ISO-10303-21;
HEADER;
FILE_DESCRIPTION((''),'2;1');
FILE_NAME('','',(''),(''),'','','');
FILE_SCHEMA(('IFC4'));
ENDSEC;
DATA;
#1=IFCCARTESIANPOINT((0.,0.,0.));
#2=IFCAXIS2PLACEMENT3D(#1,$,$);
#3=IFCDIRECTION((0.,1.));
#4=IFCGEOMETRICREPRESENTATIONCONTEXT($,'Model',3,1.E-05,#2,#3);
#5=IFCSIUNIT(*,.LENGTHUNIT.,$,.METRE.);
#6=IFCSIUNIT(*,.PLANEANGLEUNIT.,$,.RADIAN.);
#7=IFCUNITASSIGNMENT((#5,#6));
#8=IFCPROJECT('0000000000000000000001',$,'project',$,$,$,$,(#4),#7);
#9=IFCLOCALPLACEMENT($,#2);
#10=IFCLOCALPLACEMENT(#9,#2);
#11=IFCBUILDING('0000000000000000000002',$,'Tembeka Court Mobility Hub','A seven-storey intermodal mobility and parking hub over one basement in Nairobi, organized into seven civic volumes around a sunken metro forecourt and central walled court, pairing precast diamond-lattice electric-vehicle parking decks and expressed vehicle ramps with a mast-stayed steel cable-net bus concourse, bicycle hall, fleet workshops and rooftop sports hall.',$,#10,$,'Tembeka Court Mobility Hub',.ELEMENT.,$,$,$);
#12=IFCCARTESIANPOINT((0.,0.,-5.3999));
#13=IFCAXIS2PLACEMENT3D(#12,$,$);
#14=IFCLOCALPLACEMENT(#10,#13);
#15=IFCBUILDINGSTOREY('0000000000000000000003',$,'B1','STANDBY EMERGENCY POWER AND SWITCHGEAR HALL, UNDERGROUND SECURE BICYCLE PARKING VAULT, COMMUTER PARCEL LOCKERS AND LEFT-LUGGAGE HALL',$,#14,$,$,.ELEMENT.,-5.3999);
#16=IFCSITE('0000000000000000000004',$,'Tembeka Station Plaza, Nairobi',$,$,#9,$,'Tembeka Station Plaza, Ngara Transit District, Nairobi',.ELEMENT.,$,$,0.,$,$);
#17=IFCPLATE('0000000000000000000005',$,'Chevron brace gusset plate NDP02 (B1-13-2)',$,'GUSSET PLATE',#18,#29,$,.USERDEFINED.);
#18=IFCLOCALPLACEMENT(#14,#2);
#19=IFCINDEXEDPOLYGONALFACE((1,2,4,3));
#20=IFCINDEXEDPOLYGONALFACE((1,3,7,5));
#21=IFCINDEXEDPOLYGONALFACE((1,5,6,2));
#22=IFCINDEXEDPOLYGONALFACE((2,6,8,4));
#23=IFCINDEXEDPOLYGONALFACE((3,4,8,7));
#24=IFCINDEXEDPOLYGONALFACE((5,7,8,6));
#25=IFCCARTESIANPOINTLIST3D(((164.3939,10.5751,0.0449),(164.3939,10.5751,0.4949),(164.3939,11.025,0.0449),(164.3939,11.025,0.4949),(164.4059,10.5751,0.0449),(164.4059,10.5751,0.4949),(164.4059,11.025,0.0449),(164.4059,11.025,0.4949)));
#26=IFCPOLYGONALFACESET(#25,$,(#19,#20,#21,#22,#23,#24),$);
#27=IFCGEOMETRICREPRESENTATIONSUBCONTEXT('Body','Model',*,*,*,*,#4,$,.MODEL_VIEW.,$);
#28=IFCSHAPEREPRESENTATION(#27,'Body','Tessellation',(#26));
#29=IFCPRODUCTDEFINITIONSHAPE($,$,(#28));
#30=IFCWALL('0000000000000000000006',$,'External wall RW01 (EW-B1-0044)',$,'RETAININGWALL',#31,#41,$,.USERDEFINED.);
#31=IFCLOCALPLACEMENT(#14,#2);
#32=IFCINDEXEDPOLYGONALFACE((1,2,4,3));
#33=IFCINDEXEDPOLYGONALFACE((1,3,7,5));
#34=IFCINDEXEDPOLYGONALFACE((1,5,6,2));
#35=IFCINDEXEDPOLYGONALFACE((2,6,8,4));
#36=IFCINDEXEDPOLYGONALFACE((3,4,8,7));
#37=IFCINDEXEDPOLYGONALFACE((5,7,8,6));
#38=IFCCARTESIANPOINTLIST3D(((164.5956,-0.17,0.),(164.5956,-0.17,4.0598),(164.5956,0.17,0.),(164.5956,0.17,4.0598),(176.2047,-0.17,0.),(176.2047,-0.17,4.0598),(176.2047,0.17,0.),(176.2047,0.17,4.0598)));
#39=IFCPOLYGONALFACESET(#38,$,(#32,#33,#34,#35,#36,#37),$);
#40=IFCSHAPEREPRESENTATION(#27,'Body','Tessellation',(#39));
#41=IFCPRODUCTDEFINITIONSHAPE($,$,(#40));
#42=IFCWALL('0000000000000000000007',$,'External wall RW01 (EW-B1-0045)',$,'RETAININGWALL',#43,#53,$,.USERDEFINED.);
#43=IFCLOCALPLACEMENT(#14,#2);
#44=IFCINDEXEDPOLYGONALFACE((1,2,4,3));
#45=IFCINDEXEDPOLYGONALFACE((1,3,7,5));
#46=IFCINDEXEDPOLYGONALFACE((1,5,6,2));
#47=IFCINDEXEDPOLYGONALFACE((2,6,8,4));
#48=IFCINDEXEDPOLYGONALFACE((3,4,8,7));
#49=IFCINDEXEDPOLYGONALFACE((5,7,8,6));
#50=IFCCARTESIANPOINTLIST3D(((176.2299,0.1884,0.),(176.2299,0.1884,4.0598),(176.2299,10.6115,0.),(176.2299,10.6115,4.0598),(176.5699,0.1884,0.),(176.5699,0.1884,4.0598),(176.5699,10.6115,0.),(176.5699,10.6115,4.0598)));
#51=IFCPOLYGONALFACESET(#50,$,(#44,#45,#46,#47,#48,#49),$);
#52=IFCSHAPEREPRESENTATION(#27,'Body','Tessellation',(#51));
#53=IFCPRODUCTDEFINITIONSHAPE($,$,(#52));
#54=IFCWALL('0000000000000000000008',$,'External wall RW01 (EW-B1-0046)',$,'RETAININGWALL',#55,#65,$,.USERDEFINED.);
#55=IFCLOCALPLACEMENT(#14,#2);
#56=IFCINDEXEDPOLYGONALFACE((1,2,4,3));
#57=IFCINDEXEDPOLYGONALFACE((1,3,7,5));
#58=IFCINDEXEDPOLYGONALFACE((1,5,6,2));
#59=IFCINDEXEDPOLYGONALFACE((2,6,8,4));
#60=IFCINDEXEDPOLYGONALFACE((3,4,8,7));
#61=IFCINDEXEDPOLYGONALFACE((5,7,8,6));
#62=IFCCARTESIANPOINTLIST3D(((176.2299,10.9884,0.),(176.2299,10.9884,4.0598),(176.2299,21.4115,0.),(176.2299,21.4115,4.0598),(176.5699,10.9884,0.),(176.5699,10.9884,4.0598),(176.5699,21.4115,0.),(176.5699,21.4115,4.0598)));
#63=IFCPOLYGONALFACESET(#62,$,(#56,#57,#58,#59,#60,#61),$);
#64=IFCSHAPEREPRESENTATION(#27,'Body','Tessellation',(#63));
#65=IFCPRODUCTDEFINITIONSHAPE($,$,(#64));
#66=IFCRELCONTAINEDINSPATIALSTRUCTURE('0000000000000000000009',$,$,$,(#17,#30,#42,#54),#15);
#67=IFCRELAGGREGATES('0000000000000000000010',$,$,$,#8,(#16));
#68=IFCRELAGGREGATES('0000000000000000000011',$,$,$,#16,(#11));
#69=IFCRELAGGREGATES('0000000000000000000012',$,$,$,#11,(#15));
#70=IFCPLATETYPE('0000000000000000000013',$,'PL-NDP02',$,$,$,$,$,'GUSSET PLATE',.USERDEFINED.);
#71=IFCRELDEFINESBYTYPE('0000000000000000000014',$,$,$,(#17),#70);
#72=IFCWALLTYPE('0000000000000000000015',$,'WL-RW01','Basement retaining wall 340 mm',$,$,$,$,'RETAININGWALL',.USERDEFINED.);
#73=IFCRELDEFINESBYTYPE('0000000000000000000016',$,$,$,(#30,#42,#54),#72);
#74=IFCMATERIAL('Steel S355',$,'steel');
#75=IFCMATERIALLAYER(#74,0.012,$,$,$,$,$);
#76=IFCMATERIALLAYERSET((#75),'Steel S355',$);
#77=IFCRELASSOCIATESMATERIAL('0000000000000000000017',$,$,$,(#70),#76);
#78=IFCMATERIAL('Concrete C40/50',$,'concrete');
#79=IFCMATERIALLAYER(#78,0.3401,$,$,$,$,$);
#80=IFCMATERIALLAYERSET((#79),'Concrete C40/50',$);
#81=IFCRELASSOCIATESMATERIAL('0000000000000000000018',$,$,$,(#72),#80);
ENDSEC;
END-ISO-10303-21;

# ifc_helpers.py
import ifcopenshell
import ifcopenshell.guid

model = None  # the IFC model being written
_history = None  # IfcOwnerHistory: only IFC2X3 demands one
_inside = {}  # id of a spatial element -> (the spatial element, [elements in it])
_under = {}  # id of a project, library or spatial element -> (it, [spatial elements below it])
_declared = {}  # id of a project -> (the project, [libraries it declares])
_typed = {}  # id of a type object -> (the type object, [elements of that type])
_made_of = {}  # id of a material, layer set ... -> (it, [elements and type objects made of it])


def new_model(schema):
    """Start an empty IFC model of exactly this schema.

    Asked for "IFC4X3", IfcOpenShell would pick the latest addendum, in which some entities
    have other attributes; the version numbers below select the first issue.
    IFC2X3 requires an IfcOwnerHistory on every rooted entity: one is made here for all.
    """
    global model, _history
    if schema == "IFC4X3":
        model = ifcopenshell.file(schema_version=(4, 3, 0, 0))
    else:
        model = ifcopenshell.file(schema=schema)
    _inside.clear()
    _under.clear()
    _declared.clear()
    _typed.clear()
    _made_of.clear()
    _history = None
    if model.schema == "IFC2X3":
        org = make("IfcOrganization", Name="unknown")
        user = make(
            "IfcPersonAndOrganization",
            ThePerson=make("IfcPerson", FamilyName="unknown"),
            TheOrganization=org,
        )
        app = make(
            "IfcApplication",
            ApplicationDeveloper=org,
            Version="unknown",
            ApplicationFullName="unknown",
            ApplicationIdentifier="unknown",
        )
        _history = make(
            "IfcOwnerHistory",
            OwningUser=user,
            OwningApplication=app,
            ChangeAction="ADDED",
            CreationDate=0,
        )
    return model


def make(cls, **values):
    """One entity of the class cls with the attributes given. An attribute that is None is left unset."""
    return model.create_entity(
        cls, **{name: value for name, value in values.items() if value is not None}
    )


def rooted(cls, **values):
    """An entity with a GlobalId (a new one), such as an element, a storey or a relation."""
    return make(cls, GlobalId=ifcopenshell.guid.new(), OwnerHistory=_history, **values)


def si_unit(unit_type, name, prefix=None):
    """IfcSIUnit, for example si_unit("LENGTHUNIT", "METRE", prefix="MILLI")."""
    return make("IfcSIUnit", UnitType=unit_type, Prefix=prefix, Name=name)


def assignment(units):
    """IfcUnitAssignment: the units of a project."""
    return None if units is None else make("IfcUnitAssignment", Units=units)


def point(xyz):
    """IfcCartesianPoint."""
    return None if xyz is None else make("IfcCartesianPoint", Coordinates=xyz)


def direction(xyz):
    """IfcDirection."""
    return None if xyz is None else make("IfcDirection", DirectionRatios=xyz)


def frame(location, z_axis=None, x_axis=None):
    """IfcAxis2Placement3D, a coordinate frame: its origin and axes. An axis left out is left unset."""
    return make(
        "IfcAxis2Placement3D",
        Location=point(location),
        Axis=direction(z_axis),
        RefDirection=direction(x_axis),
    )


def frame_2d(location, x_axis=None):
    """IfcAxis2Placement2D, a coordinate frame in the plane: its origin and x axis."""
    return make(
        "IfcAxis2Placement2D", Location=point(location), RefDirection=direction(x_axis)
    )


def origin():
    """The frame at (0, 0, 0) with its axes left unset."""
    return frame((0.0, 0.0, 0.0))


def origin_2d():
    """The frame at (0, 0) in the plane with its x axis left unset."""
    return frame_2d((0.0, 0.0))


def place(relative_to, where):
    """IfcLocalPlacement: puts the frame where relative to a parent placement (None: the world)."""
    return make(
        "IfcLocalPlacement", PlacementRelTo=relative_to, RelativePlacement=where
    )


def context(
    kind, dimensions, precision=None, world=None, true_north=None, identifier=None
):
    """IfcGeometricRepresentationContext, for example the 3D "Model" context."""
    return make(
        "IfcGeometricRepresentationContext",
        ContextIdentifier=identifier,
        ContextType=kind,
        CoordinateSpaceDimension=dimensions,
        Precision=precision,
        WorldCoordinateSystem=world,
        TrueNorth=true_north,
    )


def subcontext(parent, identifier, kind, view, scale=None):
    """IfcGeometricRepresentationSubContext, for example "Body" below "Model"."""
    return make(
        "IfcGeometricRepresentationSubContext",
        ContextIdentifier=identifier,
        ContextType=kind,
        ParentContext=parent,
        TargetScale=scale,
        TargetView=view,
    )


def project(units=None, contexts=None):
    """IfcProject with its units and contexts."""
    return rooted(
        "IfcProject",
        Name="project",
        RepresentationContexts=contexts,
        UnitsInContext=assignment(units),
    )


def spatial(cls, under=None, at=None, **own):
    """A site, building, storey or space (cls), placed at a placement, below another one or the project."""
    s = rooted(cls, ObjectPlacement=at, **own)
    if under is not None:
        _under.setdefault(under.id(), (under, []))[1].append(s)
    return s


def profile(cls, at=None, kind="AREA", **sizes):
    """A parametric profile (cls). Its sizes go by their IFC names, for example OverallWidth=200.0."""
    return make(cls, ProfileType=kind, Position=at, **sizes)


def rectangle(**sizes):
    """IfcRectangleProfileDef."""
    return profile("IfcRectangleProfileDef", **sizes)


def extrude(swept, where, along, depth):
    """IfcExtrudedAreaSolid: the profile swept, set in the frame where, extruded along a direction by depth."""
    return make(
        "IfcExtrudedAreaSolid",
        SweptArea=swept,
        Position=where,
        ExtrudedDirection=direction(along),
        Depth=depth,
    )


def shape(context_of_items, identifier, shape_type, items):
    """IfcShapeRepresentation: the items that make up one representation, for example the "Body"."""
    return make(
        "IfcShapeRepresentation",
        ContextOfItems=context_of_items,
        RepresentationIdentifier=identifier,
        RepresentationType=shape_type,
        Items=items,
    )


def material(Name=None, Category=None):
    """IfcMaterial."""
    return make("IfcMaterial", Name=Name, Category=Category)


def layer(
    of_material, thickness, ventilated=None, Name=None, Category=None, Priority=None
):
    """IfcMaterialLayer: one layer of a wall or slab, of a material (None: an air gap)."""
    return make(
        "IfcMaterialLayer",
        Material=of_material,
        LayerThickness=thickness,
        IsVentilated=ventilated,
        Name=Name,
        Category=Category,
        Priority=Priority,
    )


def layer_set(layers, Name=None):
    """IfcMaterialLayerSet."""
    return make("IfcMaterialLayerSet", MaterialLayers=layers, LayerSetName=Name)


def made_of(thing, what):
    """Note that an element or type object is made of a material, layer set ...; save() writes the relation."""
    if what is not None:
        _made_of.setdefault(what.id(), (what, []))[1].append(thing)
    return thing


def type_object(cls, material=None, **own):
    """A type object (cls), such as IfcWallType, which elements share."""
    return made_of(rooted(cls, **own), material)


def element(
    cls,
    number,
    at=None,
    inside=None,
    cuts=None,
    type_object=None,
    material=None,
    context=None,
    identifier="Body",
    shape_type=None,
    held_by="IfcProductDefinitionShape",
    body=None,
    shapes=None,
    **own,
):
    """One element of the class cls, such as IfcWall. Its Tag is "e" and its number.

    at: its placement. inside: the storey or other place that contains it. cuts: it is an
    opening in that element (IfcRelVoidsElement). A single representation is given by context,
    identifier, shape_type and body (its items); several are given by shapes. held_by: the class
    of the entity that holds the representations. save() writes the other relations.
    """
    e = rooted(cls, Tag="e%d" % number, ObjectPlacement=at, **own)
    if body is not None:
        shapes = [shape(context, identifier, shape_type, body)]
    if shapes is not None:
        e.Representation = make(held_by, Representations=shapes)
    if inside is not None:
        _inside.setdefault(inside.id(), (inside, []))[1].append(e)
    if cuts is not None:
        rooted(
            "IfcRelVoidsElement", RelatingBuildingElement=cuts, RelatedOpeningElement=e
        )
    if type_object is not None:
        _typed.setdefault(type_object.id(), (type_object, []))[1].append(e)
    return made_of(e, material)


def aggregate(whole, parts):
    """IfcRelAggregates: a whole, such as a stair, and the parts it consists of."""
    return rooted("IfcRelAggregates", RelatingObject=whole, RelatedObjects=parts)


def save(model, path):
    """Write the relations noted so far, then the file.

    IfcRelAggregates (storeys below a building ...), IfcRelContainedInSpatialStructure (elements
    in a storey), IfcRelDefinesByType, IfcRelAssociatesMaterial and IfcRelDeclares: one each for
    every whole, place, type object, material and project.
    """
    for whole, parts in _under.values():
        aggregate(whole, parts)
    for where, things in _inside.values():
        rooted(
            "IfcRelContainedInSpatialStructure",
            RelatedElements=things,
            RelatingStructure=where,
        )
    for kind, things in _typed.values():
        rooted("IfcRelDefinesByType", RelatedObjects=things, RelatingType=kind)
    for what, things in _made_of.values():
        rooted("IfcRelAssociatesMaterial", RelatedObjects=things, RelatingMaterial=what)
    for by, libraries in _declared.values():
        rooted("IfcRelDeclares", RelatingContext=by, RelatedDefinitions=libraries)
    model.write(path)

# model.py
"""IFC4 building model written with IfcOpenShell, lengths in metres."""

from ifc_helpers import new_model, si_unit, direction, frame, frame_2d, origin, origin_2d, place, context, subcontext, project, spatial, rectangle, extrude, material, layer, layer_set, type_object, element, save


model = new_model("IFC4")

# Units and contexts
model_context = context("Model", 3, precision=1e-05, world=origin(), true_north=direction((0.0, 1.0)))
body_context = subcontext(model_context, "Body", "Model", "MODEL_VIEW")
ifc_project = project(units=[si_unit("LENGTHUNIT", "METRE"), si_unit("PLANEANGLEUNIT", "RADIAN")], contexts=[model_context])

# Site, building, storey
site_placement = place(None, origin())
site = spatial("IfcSite", under=ifc_project, at=site_placement, Name="Tembeka Station Plaza, Nairobi", LongName="Tembeka Station Plaza, Ngara Transit District, Nairobi", CompositionType="ELEMENT", RefElevation=0.0)
building_placement = place(site_placement, origin())
building = spatial("IfcBuilding", under=site, at=building_placement, Name="Tembeka Court Mobility Hub", Description="A seven-storey intermodal mobility and parking hub over one basement in Nairobi, organized into seven civic volumes around a sunken metro forecourt and central walled court, pairing precast diamond-lattice electric-vehicle parking decks and expressed vehicle ramps with a mast-stayed steel cable-net bus concourse, bicycle hall, fleet workshops and rooftop sports hall.", LongName="Tembeka Court Mobility Hub", CompositionType="ELEMENT")
storey_placement = place(building_placement, frame((0.0, 0.0, -5.3999)))
storey = spatial("IfcBuildingStorey", under=building, at=storey_placement, Name="B1", Description="STANDBY EMERGENCY POWER AND SWITCHGEAR HALL, UNDERGROUND SECURE BICYCLE PARKING VAULT, COMMUTER PARCEL LOCKERS AND LEFT-LUGGAGE HALL", CompositionType="ELEMENT", Elevation=-5.3999)

# Shared definitions
ifc_material_1 = material(Name="Concrete C40/50", Category="concrete")

# Shared definitions
ifc_material_2 = material(Name="Steel S355", Category="steel")

# Plate
ifc_layer_1 = layer(ifc_material_2, 0.012)
ifc_layer_set_1 = layer_set([ifc_layer_1], Name="Steel S355")
plate_type = type_object("IfcPlateType", Name="PL-NDP02", ElementType="GUSSET PLATE", PredefinedType="USERDEFINED", material=ifc_layer_set_1)
plate_placement = place(storey_placement, frame((164.3999, 10.8, 0.0449), z_axis=(0.0, 0.0, 1.0), x_axis=(1.0, 0.0, 0.0)))
element("IfcPlate", 1, at=plate_placement, inside=storey, type_object=plate_type, Name="Chevron brace gusset plate NDP02 (B1-13-2)", ObjectType="GUSSET PLATE", PredefinedType="USERDEFINED", context=body_context, shape_type="SweptSolid", body=[
    extrude(rectangle(XDim=0.012, YDim=0.45, at=origin_2d()), origin(), (0.0, 0.0, 1.0), 0.45),
])

# Walls
ifc_layer_2 = layer(ifc_material_1, 0.3401)
ifc_layer_set_2 = layer_set([ifc_layer_2], Name="Concrete C40/50")
wall_type = type_object("IfcWallType", Name="WL-RW01", Description="Basement retaining wall 340 mm", ElementType="RETAININGWALL", PredefinedType="USERDEFINED", material=ifc_layer_set_2)
wall_placement = place(storey_placement, frame((164.5955, 0.0, 0.0), z_axis=(0.0, 0.0, 1.0), x_axis=(1.0, 0.0, 0.0)))
element("IfcWall", 2, at=wall_placement, inside=storey, type_object=wall_type, Name="External wall RW01 (EW-B1-0044)", ObjectType="RETAININGWALL", PredefinedType="USERDEFINED", context=body_context, shape_type="SweptSolid", body=[
    extrude(rectangle(XDim=11.6091, YDim=0.3401, at=frame_2d((5.8047, 0.0))), origin(), (0.0, 0.0, 1.0), 4.0598),
])
for number, where, z_axis, x_axis, name in (
    (3, (176.3999, 0.1885, 0.0), (0.0, 0.0, 1.0), (0.0, 1.0, 0.0), "External wall RW01 (EW-B1-0045)"),
    (4, (176.3999, 10.9885, 0.0), (0.0, 0.0, 1.0), (0.0, 1.0, 0.0), "External wall RW01 (EW-B1-0046)"),
):
    element("IfcWall", number, at=place(storey_placement, frame(where, z_axis=z_axis, x_axis=x_axis)), inside=storey, type_object=wall_type, Name=name, ObjectType="RETAININGWALL", PredefinedType="USERDEFINED", context=body_context, shape_type="SweptSolid", body=[
        extrude(rectangle(XDim=10.4231, YDim=0.3401, at=frame_2d((5.2114, 0.0))), origin(), (0.0, 0.0, 1.0), 4.0598),
    ])

save(model, "model.ifc")
